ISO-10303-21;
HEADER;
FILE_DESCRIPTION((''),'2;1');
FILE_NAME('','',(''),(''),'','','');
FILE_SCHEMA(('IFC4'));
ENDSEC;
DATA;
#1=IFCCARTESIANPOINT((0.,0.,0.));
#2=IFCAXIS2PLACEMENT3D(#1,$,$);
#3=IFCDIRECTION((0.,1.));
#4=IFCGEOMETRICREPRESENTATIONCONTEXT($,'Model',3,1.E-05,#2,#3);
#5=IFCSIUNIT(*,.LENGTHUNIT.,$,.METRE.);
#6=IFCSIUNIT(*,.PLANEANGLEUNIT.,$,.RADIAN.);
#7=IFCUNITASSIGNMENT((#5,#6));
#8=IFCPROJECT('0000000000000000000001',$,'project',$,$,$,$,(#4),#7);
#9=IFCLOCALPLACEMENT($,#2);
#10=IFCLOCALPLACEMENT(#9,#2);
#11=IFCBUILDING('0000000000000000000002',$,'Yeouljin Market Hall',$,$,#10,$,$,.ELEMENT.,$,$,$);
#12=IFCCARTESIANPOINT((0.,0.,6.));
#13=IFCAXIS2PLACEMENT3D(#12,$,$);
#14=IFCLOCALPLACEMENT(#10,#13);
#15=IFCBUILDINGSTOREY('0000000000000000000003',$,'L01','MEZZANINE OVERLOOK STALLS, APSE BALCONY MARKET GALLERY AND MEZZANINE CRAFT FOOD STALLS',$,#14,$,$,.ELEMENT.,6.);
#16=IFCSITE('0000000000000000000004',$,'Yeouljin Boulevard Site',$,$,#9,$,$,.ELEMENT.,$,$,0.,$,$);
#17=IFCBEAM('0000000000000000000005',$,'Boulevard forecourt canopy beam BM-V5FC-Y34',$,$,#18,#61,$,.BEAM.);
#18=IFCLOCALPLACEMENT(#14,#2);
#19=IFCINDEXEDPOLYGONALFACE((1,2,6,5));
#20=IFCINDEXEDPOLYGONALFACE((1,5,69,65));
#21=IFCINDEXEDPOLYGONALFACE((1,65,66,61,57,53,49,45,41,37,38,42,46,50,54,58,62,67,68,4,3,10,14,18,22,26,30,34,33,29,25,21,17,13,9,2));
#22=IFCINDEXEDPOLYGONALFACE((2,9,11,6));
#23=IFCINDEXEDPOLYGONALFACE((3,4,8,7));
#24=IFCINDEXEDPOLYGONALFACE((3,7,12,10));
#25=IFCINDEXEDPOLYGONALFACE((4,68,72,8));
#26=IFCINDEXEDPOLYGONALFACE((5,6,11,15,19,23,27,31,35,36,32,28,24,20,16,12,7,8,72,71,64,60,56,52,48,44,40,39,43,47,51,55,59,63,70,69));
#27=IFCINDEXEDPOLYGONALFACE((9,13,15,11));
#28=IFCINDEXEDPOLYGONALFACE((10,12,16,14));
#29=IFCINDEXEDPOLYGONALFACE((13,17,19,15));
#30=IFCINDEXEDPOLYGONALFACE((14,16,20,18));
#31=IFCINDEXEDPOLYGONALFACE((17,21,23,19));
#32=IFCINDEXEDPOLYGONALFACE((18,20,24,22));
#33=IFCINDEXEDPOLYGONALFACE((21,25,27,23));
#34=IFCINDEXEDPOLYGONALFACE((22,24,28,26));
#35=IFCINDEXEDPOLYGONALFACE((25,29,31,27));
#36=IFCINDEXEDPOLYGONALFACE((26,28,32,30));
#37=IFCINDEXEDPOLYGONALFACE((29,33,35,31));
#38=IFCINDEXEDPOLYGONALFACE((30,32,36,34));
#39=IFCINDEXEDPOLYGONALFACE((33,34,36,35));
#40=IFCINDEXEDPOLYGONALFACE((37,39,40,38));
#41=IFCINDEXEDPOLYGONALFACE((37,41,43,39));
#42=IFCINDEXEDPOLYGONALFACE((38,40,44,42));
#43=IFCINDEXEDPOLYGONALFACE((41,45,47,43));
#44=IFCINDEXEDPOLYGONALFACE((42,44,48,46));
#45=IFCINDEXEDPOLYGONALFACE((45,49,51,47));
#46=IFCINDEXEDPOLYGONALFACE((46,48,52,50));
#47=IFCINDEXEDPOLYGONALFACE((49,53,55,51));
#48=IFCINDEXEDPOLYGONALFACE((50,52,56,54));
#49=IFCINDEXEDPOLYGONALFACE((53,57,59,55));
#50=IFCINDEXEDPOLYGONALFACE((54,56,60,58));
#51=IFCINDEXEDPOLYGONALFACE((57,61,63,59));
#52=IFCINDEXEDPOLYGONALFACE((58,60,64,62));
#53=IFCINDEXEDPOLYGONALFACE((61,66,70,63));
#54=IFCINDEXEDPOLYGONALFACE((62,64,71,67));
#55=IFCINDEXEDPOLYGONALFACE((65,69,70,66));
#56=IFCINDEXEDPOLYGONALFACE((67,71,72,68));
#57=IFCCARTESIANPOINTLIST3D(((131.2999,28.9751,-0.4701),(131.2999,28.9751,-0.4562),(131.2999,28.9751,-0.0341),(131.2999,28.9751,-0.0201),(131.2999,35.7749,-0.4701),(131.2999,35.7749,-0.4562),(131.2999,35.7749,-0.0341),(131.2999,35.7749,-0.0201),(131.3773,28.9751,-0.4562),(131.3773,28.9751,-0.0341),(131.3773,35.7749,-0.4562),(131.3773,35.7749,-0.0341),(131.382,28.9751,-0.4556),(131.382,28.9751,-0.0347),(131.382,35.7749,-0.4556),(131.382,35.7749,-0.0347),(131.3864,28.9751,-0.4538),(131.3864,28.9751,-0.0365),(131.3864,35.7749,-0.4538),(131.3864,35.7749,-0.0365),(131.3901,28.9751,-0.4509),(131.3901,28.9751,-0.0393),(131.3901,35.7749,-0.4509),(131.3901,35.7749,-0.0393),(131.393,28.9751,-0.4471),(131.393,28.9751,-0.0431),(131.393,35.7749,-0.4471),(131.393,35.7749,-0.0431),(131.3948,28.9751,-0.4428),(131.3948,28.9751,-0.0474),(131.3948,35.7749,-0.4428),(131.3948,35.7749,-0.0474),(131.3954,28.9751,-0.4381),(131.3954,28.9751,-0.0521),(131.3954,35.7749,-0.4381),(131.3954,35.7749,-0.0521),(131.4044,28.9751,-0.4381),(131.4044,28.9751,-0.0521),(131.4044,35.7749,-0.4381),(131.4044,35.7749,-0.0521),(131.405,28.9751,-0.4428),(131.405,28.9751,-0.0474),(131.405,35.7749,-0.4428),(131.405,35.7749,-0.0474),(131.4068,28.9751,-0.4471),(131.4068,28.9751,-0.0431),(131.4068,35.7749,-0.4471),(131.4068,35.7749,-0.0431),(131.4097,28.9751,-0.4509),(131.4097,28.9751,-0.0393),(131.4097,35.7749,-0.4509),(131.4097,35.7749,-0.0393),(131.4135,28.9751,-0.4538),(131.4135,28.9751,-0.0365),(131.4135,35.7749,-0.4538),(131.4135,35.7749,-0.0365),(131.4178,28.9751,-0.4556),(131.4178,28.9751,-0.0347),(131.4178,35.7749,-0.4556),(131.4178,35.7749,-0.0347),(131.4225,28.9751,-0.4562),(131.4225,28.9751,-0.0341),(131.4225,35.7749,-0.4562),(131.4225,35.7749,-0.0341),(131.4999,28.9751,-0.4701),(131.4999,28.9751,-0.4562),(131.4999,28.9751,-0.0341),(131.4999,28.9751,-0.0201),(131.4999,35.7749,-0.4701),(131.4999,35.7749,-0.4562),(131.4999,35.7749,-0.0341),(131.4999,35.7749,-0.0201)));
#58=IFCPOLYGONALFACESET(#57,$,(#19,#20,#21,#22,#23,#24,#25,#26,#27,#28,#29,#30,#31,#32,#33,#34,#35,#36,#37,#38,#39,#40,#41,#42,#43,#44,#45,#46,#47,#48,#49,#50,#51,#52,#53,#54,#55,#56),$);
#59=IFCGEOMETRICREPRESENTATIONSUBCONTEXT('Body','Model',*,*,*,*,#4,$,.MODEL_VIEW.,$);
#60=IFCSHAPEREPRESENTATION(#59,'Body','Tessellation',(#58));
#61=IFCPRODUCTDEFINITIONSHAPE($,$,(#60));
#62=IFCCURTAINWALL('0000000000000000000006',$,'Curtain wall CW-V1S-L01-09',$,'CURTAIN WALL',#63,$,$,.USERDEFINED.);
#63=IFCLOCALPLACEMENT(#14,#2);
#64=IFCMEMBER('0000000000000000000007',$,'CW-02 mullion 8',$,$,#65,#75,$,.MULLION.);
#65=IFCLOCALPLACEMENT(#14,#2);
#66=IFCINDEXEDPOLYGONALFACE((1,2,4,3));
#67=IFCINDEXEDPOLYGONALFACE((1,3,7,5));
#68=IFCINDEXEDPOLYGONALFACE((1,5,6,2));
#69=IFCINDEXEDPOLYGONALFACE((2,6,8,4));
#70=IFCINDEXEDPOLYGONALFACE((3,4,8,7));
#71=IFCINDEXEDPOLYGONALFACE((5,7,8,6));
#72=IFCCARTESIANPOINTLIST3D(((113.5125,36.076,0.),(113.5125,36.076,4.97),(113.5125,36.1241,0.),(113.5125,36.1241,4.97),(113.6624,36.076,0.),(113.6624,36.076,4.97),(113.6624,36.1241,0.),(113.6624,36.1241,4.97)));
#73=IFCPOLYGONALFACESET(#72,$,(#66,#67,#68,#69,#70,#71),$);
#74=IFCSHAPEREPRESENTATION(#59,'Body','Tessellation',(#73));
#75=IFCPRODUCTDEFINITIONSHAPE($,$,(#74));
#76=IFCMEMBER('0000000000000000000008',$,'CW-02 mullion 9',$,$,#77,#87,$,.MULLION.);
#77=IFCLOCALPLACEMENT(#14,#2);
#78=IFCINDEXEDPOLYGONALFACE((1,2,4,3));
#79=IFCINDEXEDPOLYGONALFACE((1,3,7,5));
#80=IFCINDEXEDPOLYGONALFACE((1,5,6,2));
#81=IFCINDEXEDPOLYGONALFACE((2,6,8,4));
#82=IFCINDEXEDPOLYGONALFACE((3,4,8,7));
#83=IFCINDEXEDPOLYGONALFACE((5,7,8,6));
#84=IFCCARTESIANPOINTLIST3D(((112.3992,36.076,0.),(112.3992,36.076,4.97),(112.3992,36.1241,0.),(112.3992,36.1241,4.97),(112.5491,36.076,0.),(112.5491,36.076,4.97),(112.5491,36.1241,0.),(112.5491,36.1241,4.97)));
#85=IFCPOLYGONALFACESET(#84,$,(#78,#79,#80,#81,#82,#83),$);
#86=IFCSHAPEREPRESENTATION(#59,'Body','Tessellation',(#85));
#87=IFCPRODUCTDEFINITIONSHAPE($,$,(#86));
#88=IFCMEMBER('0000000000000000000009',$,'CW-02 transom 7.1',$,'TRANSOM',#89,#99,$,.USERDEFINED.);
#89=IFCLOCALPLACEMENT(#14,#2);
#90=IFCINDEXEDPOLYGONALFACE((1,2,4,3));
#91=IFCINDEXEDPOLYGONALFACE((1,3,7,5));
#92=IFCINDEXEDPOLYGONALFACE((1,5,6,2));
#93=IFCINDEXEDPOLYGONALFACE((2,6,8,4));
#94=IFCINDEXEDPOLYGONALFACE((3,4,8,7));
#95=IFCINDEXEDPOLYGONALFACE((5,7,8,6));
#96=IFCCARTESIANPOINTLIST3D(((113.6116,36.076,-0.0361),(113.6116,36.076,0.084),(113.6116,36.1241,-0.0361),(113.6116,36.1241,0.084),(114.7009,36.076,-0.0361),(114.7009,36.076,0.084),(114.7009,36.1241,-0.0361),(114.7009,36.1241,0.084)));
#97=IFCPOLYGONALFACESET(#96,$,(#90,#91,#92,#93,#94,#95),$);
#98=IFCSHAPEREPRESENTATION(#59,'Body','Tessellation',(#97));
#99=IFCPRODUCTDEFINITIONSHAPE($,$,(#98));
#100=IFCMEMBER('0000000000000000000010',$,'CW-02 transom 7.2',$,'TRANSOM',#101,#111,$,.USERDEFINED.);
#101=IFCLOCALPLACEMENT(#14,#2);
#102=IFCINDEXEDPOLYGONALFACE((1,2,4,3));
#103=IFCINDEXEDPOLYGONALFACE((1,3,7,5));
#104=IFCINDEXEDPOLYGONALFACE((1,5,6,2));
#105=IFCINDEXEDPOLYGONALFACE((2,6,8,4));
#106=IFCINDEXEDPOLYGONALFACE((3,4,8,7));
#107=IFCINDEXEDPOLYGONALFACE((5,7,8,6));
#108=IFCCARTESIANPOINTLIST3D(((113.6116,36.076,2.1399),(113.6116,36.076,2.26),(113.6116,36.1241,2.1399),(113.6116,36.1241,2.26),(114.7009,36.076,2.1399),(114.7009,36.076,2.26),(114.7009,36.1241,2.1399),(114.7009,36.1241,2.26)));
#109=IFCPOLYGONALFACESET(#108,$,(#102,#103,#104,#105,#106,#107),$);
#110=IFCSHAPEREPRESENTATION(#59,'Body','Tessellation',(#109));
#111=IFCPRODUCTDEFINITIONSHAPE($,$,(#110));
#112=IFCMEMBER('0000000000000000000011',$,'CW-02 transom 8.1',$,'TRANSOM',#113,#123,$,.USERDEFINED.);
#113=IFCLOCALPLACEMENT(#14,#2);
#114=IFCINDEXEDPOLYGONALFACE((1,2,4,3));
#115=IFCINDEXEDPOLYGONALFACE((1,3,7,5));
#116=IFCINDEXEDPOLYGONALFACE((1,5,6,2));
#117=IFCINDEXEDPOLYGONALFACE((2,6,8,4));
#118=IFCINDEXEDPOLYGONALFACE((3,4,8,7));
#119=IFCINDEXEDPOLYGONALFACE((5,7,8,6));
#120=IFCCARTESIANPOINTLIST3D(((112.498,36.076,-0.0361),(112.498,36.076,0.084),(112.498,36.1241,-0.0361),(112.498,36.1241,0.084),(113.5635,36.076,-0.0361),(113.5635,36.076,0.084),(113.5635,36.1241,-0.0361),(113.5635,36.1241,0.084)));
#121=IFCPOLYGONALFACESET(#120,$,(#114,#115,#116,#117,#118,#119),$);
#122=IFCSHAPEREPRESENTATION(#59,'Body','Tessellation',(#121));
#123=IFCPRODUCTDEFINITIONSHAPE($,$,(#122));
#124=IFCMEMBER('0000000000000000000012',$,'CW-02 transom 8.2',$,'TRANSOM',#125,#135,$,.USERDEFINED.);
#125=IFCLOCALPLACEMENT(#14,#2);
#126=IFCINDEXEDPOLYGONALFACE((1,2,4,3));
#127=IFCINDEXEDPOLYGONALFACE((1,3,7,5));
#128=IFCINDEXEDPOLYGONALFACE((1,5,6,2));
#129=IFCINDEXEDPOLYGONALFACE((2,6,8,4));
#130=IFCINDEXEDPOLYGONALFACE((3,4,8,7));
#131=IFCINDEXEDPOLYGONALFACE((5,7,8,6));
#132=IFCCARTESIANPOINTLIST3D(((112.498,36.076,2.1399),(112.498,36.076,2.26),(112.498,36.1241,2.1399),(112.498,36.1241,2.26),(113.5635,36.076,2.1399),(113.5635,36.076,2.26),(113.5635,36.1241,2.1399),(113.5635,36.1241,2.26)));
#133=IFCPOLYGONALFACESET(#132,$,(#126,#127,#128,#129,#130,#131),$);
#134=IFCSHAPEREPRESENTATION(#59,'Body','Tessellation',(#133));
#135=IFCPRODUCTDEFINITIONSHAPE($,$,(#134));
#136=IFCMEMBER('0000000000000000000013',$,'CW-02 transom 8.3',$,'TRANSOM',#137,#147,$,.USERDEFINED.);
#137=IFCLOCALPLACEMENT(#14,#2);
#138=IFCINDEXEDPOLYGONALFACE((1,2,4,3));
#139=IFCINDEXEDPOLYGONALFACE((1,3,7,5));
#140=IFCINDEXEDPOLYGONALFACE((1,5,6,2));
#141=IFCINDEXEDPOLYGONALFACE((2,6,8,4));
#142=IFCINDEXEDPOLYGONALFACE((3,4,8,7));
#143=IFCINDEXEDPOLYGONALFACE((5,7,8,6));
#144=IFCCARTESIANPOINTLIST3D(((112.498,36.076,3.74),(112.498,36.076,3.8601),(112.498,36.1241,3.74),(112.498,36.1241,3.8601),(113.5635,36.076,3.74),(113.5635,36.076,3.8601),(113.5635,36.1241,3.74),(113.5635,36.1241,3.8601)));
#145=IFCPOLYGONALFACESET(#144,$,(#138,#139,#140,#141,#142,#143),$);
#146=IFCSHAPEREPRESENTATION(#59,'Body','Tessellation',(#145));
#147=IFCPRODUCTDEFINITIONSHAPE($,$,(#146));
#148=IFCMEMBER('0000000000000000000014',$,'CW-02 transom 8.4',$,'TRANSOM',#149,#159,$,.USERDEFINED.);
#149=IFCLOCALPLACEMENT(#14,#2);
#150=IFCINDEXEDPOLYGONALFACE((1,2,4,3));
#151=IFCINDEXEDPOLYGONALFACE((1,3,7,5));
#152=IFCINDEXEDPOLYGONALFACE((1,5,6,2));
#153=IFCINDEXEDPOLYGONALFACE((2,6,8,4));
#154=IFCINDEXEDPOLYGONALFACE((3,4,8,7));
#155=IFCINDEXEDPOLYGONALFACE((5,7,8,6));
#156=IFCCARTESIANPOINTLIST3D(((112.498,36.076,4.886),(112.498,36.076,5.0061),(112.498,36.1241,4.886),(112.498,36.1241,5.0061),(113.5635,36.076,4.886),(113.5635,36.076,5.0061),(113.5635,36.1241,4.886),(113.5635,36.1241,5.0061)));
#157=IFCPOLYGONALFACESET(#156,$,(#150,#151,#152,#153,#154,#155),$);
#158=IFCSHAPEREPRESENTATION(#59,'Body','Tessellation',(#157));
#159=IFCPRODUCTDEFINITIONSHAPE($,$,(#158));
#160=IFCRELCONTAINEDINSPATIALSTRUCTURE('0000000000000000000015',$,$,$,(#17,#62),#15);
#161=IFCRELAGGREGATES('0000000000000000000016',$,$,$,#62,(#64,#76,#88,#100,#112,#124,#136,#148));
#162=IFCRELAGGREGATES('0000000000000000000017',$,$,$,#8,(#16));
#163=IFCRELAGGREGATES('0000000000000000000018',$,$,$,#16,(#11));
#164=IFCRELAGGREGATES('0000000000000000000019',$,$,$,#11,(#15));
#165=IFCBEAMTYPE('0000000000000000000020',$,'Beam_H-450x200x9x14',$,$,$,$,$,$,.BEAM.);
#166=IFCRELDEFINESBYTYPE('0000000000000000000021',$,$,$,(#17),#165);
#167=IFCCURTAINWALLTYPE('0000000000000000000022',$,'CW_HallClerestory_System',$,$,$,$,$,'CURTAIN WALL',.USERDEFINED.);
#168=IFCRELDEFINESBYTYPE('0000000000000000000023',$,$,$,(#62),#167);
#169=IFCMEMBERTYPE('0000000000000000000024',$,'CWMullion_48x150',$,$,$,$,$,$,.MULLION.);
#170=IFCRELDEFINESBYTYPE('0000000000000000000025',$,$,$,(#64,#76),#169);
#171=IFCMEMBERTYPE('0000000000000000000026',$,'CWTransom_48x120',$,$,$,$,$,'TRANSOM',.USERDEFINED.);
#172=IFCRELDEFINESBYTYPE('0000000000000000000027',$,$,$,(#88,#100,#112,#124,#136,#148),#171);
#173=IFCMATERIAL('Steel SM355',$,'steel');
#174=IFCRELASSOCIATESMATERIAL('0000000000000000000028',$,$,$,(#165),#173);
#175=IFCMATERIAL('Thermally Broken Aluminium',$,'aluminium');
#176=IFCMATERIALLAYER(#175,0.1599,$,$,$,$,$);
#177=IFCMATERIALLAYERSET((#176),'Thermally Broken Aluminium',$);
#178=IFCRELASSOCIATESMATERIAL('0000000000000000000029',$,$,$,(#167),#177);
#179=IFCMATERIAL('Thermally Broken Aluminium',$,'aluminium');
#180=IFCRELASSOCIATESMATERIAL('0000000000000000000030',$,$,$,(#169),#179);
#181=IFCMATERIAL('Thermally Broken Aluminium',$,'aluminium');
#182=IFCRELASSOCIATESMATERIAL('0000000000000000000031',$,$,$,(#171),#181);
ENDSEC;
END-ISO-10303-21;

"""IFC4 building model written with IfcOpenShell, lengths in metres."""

from ifc_helpers import new_model, si_unit, direction, frame, origin, origin_2d, place, context, subcontext, project, spatial, rectangle, i_section, extrude, material, layer, layer_set, material_profile, profile_set, type_object, element, aggregate, save


model = new_model("IFC4")

# Units and contexts
model_context = context("Model", 3, precision=1e-05, world=origin(), true_north=direction((0.0, 1.0)))
body_context = subcontext(model_context, "Body", "Model", "MODEL_VIEW")
ifc_project = project(units=[si_unit("LENGTHUNIT", "METRE"), si_unit("PLANEANGLEUNIT", "RADIAN")], contexts=[model_context])

# Site, building, storey
site_placement = place(None, origin())
site = spatial("IfcSite", under=ifc_project, at=site_placement, Name="Yeouljin Boulevard Site", CompositionType="ELEMENT", RefElevation=0.0)
building_placement = place(site_placement, origin())
building = spatial("IfcBuilding", under=site, at=building_placement, Name="Yeouljin Market Hall", CompositionType="ELEMENT")
storey_placement = place(building_placement, frame((0.0, 0.0, 6.0)))
storey = spatial("IfcBuildingStorey", under=building, at=storey_placement, Name="L01", Description="MEZZANINE OVERLOOK STALLS, APSE BALCONY MARKET GALLERY AND MEZZANINE CRAFT FOOD STALLS", CompositionType="ELEMENT", Elevation=6.0)

# Beam
ifc_material_1 = material(Name="Steel SM355", Category="steel")
ifc_material_profile_1 = material_profile(ifc_material_1, i_section(OverallWidth=0.2, OverallDepth=0.45, WebThickness=0.009, FlangeThickness=0.0139, FilletRadius=0.0181, at=origin_2d()), Name="H-450x200x9x14")
ifc_profile_set_1 = profile_set([ifc_material_profile_1], Name="Steel SM355")
beam_type_1 = type_object("IfcBeamType", Name="Beam_H-450x200x9x14", PredefinedType="BEAM", material=ifc_profile_set_1)
for number, where, z_axis, x_axis, name in (
    (1, (131.3999, 28.9751, -0.2451), (0.0, 1.0, 0.0), (-1.0, 0.0, 0.0), "Boulevard forecourt canopy beam BM-V5FC-Y34"),
):
    element("IfcBeam", number, at=place(storey_placement, frame(where, z_axis=z_axis, x_axis=x_axis)), inside=storey, type_object=beam_type_1, Name=name, PredefinedType="BEAM", context=body_context, shape_type="SweptSolid", body=[
        extrude(i_section(OverallWidth=0.2, OverallDepth=0.45, WebThickness=0.009, FlangeThickness=0.0139, FilletRadius=0.0181, at=origin_2d()), origin(), (0.0, 0.0, 1.0), 6.7998),
    ])

# Curtain wall, members
ifc_material_2 = material(Name="Thermally Broken Aluminium", Category="aluminium")
ifc_layer_1 = layer(ifc_material_2, 0.1599)
ifc_layer_set_1 = layer_set([ifc_layer_1], Name="Thermally Broken Aluminium")
curtain_wall_type = type_object("IfcCurtainWallType", Name="CW_HallClerestory_System", ElementType="CURTAIN WALL", PredefinedType="USERDEFINED", material=ifc_layer_set_1)
curtain_wall_placement = place(storey_placement, origin())
curtain_wall = element("IfcCurtainWall", 2, at=curtain_wall_placement, inside=storey, type_object=curtain_wall_type, Name="Curtain wall CW-V1S-L01-09", ObjectType="CURTAIN WALL", PredefinedType="USERDEFINED")
ifc_material_3 = material(Name="Thermally Broken Aluminium", Category="aluminium")
ifc_material_profile_2 = material_profile(ifc_material_3, rectangle(XDim=0.0481, YDim=0.1499, at=origin_2d()), Name="CW-MULL-48x150")
ifc_profile_set_2 = profile_set([ifc_material_profile_2], Name="Thermally Broken Aluminium")
member_type_1 = type_object("IfcMemberType", Name="CWMullion_48x150", PredefinedType="MULLION", material=ifc_profile_set_2)
member_1_placement = place(storey_placement, frame((113.5874, 36.1001, 0.0), z_axis=(0.0, 0.0, 1.0), x_axis=(0.0, -1.0, 0.0)))
member_1 = element("IfcMember", 3, at=member_1_placement, type_object=member_type_1, Name="CW-02 mullion 8", PredefinedType="MULLION", context=body_context, shape_type="SweptSolid", body=[
    extrude(rectangle(XDim=0.0481, YDim=0.1499, at=origin_2d()), origin(), (0.0, 0.0, 1.0), 4.97),
])
member_2_placement = place(storey_placement, frame((112.4741, 36.1001, 0.0), z_axis=(0.0, 0.0, 1.0), x_axis=(0.0, -1.0, 0.0)))
member_2 = element("IfcMember", 4, at=member_2_placement, type_object=member_type_1, Name="CW-02 mullion 9", PredefinedType="MULLION", context=body_context, shape_type="SweptSolid", body=[
    extrude(rectangle(XDim=0.0481, YDim=0.1499, at=origin_2d()), origin(), (0.0, 0.0, 1.0), 4.97),
])
ifc_material_4 = material(Name="Thermally Broken Aluminium", Category="aluminium")
ifc_material_profile_3 = material_profile(ifc_material_4, rectangle(XDim=0.0481, YDim=0.1201, at=origin_2d()), Name="CW-TRAN-48x120")
ifc_profile_set_3 = profile_set([ifc_material_profile_3], Name="Thermally Broken Aluminium")
member_type_2 = type_object("IfcMemberType", Name="CWTransom_48x120", ElementType="TRANSOM", PredefinedType="USERDEFINED", material=ifc_profile_set_3)
member_3_placement = place(storey_placement, frame((114.7009, 36.1001, 0.0239), z_axis=(-1.0, 0.0, 0.0), x_axis=(0.0, -1.0, 0.0)))
member_3 = element("IfcMember", 5, at=member_3_placement, type_object=member_type_2, Name="CW-02 transom 7.1", ObjectType="TRANSOM", PredefinedType="USERDEFINED", context=body_context, shape_type="SweptSolid", body=[
    extrude(rectangle(XDim=0.0481, YDim=0.1201, at=origin_2d()), origin(), (0.0, 0.0, 1.0), 1.0894),
])
member_4_placement = place(storey_placement, frame((114.7009, 36.1001, 2.2), z_axis=(-1.0, 0.0, 0.0), x_axis=(0.0, -1.0, 0.0)))
member_4 = element("IfcMember", 6, at=member_4_placement, type_object=member_type_2, Name="CW-02 transom 7.2", ObjectType="TRANSOM", PredefinedType="USERDEFINED", context=body_context, shape_type="SweptSolid", body=[
    extrude(rectangle(XDim=0.0481, YDim=0.1201, at=origin_2d()), origin(), (0.0, 0.0, 1.0), 1.0894),
])
member_5_placement = place(storey_placement, frame((113.5635, 36.1001, 0.0239), z_axis=(-1.0, 0.0, 0.0), x_axis=(0.0, -1.0, 0.0)))
member_5 = element("IfcMember", 7, at=member_5_placement, type_object=member_type_2, Name="CW-02 transom 8.1", ObjectType="TRANSOM", PredefinedType="USERDEFINED", context=body_context, shape_type="SweptSolid", body=[
    extrude(rectangle(XDim=0.0481, YDim=0.1201, at=origin_2d()), origin(), (0.0, 0.0, 1.0), 1.0654),
])
member_6_placement = place(storey_placement, frame((113.5635, 36.1001, 2.2), z_axis=(-1.0, 0.0, 0.0), x_axis=(0.0, -1.0, 0.0)))
member_6 = element("IfcMember", 8, at=member_6_placement, type_object=member_type_2, Name="CW-02 transom 8.2", ObjectType="TRANSOM", PredefinedType="USERDEFINED", context=body_context, shape_type="SweptSolid", body=[
    extrude(rectangle(XDim=0.0481, YDim=0.1201, at=origin_2d()), origin(), (0.0, 0.0, 1.0), 1.0654),
])
member_7_placement = place(storey_placement, frame((113.5635, 36.1001, 3.8), z_axis=(-1.0, 0.0, 0.0), x_axis=(0.0, -1.0, 0.0)))
member_7 = element("IfcMember", 9, at=member_7_placement, type_object=member_type_2, Name="CW-02 transom 8.3", ObjectType="TRANSOM", PredefinedType="USERDEFINED", context=body_context, shape_type="SweptSolid", body=[
    extrude(rectangle(XDim=0.0481, YDim=0.1201, at=origin_2d()), origin(), (0.0, 0.0, 1.0), 1.0654),
])
member_8_placement = place(storey_placement, frame((113.5635, 36.1001, 4.946), z_axis=(-1.0, 0.0, 0.0), x_axis=(0.0, -1.0, 0.0)))
member_8 = element("IfcMember", 10, at=member_8_placement, type_object=member_type_2, Name="CW-02 transom 8.4", ObjectType="TRANSOM", PredefinedType="USERDEFINED", context=body_context, shape_type="SweptSolid", body=[
    extrude(rectangle(XDim=0.0481, YDim=0.1201, at=origin_2d()), origin(), (0.0, 0.0, 1.0), 1.0654),
])

aggregate(curtain_wall, [member_1, member_2, member_3, member_4, member_5, member_6, member_7, member_8])

save(model, "model.ifc")
